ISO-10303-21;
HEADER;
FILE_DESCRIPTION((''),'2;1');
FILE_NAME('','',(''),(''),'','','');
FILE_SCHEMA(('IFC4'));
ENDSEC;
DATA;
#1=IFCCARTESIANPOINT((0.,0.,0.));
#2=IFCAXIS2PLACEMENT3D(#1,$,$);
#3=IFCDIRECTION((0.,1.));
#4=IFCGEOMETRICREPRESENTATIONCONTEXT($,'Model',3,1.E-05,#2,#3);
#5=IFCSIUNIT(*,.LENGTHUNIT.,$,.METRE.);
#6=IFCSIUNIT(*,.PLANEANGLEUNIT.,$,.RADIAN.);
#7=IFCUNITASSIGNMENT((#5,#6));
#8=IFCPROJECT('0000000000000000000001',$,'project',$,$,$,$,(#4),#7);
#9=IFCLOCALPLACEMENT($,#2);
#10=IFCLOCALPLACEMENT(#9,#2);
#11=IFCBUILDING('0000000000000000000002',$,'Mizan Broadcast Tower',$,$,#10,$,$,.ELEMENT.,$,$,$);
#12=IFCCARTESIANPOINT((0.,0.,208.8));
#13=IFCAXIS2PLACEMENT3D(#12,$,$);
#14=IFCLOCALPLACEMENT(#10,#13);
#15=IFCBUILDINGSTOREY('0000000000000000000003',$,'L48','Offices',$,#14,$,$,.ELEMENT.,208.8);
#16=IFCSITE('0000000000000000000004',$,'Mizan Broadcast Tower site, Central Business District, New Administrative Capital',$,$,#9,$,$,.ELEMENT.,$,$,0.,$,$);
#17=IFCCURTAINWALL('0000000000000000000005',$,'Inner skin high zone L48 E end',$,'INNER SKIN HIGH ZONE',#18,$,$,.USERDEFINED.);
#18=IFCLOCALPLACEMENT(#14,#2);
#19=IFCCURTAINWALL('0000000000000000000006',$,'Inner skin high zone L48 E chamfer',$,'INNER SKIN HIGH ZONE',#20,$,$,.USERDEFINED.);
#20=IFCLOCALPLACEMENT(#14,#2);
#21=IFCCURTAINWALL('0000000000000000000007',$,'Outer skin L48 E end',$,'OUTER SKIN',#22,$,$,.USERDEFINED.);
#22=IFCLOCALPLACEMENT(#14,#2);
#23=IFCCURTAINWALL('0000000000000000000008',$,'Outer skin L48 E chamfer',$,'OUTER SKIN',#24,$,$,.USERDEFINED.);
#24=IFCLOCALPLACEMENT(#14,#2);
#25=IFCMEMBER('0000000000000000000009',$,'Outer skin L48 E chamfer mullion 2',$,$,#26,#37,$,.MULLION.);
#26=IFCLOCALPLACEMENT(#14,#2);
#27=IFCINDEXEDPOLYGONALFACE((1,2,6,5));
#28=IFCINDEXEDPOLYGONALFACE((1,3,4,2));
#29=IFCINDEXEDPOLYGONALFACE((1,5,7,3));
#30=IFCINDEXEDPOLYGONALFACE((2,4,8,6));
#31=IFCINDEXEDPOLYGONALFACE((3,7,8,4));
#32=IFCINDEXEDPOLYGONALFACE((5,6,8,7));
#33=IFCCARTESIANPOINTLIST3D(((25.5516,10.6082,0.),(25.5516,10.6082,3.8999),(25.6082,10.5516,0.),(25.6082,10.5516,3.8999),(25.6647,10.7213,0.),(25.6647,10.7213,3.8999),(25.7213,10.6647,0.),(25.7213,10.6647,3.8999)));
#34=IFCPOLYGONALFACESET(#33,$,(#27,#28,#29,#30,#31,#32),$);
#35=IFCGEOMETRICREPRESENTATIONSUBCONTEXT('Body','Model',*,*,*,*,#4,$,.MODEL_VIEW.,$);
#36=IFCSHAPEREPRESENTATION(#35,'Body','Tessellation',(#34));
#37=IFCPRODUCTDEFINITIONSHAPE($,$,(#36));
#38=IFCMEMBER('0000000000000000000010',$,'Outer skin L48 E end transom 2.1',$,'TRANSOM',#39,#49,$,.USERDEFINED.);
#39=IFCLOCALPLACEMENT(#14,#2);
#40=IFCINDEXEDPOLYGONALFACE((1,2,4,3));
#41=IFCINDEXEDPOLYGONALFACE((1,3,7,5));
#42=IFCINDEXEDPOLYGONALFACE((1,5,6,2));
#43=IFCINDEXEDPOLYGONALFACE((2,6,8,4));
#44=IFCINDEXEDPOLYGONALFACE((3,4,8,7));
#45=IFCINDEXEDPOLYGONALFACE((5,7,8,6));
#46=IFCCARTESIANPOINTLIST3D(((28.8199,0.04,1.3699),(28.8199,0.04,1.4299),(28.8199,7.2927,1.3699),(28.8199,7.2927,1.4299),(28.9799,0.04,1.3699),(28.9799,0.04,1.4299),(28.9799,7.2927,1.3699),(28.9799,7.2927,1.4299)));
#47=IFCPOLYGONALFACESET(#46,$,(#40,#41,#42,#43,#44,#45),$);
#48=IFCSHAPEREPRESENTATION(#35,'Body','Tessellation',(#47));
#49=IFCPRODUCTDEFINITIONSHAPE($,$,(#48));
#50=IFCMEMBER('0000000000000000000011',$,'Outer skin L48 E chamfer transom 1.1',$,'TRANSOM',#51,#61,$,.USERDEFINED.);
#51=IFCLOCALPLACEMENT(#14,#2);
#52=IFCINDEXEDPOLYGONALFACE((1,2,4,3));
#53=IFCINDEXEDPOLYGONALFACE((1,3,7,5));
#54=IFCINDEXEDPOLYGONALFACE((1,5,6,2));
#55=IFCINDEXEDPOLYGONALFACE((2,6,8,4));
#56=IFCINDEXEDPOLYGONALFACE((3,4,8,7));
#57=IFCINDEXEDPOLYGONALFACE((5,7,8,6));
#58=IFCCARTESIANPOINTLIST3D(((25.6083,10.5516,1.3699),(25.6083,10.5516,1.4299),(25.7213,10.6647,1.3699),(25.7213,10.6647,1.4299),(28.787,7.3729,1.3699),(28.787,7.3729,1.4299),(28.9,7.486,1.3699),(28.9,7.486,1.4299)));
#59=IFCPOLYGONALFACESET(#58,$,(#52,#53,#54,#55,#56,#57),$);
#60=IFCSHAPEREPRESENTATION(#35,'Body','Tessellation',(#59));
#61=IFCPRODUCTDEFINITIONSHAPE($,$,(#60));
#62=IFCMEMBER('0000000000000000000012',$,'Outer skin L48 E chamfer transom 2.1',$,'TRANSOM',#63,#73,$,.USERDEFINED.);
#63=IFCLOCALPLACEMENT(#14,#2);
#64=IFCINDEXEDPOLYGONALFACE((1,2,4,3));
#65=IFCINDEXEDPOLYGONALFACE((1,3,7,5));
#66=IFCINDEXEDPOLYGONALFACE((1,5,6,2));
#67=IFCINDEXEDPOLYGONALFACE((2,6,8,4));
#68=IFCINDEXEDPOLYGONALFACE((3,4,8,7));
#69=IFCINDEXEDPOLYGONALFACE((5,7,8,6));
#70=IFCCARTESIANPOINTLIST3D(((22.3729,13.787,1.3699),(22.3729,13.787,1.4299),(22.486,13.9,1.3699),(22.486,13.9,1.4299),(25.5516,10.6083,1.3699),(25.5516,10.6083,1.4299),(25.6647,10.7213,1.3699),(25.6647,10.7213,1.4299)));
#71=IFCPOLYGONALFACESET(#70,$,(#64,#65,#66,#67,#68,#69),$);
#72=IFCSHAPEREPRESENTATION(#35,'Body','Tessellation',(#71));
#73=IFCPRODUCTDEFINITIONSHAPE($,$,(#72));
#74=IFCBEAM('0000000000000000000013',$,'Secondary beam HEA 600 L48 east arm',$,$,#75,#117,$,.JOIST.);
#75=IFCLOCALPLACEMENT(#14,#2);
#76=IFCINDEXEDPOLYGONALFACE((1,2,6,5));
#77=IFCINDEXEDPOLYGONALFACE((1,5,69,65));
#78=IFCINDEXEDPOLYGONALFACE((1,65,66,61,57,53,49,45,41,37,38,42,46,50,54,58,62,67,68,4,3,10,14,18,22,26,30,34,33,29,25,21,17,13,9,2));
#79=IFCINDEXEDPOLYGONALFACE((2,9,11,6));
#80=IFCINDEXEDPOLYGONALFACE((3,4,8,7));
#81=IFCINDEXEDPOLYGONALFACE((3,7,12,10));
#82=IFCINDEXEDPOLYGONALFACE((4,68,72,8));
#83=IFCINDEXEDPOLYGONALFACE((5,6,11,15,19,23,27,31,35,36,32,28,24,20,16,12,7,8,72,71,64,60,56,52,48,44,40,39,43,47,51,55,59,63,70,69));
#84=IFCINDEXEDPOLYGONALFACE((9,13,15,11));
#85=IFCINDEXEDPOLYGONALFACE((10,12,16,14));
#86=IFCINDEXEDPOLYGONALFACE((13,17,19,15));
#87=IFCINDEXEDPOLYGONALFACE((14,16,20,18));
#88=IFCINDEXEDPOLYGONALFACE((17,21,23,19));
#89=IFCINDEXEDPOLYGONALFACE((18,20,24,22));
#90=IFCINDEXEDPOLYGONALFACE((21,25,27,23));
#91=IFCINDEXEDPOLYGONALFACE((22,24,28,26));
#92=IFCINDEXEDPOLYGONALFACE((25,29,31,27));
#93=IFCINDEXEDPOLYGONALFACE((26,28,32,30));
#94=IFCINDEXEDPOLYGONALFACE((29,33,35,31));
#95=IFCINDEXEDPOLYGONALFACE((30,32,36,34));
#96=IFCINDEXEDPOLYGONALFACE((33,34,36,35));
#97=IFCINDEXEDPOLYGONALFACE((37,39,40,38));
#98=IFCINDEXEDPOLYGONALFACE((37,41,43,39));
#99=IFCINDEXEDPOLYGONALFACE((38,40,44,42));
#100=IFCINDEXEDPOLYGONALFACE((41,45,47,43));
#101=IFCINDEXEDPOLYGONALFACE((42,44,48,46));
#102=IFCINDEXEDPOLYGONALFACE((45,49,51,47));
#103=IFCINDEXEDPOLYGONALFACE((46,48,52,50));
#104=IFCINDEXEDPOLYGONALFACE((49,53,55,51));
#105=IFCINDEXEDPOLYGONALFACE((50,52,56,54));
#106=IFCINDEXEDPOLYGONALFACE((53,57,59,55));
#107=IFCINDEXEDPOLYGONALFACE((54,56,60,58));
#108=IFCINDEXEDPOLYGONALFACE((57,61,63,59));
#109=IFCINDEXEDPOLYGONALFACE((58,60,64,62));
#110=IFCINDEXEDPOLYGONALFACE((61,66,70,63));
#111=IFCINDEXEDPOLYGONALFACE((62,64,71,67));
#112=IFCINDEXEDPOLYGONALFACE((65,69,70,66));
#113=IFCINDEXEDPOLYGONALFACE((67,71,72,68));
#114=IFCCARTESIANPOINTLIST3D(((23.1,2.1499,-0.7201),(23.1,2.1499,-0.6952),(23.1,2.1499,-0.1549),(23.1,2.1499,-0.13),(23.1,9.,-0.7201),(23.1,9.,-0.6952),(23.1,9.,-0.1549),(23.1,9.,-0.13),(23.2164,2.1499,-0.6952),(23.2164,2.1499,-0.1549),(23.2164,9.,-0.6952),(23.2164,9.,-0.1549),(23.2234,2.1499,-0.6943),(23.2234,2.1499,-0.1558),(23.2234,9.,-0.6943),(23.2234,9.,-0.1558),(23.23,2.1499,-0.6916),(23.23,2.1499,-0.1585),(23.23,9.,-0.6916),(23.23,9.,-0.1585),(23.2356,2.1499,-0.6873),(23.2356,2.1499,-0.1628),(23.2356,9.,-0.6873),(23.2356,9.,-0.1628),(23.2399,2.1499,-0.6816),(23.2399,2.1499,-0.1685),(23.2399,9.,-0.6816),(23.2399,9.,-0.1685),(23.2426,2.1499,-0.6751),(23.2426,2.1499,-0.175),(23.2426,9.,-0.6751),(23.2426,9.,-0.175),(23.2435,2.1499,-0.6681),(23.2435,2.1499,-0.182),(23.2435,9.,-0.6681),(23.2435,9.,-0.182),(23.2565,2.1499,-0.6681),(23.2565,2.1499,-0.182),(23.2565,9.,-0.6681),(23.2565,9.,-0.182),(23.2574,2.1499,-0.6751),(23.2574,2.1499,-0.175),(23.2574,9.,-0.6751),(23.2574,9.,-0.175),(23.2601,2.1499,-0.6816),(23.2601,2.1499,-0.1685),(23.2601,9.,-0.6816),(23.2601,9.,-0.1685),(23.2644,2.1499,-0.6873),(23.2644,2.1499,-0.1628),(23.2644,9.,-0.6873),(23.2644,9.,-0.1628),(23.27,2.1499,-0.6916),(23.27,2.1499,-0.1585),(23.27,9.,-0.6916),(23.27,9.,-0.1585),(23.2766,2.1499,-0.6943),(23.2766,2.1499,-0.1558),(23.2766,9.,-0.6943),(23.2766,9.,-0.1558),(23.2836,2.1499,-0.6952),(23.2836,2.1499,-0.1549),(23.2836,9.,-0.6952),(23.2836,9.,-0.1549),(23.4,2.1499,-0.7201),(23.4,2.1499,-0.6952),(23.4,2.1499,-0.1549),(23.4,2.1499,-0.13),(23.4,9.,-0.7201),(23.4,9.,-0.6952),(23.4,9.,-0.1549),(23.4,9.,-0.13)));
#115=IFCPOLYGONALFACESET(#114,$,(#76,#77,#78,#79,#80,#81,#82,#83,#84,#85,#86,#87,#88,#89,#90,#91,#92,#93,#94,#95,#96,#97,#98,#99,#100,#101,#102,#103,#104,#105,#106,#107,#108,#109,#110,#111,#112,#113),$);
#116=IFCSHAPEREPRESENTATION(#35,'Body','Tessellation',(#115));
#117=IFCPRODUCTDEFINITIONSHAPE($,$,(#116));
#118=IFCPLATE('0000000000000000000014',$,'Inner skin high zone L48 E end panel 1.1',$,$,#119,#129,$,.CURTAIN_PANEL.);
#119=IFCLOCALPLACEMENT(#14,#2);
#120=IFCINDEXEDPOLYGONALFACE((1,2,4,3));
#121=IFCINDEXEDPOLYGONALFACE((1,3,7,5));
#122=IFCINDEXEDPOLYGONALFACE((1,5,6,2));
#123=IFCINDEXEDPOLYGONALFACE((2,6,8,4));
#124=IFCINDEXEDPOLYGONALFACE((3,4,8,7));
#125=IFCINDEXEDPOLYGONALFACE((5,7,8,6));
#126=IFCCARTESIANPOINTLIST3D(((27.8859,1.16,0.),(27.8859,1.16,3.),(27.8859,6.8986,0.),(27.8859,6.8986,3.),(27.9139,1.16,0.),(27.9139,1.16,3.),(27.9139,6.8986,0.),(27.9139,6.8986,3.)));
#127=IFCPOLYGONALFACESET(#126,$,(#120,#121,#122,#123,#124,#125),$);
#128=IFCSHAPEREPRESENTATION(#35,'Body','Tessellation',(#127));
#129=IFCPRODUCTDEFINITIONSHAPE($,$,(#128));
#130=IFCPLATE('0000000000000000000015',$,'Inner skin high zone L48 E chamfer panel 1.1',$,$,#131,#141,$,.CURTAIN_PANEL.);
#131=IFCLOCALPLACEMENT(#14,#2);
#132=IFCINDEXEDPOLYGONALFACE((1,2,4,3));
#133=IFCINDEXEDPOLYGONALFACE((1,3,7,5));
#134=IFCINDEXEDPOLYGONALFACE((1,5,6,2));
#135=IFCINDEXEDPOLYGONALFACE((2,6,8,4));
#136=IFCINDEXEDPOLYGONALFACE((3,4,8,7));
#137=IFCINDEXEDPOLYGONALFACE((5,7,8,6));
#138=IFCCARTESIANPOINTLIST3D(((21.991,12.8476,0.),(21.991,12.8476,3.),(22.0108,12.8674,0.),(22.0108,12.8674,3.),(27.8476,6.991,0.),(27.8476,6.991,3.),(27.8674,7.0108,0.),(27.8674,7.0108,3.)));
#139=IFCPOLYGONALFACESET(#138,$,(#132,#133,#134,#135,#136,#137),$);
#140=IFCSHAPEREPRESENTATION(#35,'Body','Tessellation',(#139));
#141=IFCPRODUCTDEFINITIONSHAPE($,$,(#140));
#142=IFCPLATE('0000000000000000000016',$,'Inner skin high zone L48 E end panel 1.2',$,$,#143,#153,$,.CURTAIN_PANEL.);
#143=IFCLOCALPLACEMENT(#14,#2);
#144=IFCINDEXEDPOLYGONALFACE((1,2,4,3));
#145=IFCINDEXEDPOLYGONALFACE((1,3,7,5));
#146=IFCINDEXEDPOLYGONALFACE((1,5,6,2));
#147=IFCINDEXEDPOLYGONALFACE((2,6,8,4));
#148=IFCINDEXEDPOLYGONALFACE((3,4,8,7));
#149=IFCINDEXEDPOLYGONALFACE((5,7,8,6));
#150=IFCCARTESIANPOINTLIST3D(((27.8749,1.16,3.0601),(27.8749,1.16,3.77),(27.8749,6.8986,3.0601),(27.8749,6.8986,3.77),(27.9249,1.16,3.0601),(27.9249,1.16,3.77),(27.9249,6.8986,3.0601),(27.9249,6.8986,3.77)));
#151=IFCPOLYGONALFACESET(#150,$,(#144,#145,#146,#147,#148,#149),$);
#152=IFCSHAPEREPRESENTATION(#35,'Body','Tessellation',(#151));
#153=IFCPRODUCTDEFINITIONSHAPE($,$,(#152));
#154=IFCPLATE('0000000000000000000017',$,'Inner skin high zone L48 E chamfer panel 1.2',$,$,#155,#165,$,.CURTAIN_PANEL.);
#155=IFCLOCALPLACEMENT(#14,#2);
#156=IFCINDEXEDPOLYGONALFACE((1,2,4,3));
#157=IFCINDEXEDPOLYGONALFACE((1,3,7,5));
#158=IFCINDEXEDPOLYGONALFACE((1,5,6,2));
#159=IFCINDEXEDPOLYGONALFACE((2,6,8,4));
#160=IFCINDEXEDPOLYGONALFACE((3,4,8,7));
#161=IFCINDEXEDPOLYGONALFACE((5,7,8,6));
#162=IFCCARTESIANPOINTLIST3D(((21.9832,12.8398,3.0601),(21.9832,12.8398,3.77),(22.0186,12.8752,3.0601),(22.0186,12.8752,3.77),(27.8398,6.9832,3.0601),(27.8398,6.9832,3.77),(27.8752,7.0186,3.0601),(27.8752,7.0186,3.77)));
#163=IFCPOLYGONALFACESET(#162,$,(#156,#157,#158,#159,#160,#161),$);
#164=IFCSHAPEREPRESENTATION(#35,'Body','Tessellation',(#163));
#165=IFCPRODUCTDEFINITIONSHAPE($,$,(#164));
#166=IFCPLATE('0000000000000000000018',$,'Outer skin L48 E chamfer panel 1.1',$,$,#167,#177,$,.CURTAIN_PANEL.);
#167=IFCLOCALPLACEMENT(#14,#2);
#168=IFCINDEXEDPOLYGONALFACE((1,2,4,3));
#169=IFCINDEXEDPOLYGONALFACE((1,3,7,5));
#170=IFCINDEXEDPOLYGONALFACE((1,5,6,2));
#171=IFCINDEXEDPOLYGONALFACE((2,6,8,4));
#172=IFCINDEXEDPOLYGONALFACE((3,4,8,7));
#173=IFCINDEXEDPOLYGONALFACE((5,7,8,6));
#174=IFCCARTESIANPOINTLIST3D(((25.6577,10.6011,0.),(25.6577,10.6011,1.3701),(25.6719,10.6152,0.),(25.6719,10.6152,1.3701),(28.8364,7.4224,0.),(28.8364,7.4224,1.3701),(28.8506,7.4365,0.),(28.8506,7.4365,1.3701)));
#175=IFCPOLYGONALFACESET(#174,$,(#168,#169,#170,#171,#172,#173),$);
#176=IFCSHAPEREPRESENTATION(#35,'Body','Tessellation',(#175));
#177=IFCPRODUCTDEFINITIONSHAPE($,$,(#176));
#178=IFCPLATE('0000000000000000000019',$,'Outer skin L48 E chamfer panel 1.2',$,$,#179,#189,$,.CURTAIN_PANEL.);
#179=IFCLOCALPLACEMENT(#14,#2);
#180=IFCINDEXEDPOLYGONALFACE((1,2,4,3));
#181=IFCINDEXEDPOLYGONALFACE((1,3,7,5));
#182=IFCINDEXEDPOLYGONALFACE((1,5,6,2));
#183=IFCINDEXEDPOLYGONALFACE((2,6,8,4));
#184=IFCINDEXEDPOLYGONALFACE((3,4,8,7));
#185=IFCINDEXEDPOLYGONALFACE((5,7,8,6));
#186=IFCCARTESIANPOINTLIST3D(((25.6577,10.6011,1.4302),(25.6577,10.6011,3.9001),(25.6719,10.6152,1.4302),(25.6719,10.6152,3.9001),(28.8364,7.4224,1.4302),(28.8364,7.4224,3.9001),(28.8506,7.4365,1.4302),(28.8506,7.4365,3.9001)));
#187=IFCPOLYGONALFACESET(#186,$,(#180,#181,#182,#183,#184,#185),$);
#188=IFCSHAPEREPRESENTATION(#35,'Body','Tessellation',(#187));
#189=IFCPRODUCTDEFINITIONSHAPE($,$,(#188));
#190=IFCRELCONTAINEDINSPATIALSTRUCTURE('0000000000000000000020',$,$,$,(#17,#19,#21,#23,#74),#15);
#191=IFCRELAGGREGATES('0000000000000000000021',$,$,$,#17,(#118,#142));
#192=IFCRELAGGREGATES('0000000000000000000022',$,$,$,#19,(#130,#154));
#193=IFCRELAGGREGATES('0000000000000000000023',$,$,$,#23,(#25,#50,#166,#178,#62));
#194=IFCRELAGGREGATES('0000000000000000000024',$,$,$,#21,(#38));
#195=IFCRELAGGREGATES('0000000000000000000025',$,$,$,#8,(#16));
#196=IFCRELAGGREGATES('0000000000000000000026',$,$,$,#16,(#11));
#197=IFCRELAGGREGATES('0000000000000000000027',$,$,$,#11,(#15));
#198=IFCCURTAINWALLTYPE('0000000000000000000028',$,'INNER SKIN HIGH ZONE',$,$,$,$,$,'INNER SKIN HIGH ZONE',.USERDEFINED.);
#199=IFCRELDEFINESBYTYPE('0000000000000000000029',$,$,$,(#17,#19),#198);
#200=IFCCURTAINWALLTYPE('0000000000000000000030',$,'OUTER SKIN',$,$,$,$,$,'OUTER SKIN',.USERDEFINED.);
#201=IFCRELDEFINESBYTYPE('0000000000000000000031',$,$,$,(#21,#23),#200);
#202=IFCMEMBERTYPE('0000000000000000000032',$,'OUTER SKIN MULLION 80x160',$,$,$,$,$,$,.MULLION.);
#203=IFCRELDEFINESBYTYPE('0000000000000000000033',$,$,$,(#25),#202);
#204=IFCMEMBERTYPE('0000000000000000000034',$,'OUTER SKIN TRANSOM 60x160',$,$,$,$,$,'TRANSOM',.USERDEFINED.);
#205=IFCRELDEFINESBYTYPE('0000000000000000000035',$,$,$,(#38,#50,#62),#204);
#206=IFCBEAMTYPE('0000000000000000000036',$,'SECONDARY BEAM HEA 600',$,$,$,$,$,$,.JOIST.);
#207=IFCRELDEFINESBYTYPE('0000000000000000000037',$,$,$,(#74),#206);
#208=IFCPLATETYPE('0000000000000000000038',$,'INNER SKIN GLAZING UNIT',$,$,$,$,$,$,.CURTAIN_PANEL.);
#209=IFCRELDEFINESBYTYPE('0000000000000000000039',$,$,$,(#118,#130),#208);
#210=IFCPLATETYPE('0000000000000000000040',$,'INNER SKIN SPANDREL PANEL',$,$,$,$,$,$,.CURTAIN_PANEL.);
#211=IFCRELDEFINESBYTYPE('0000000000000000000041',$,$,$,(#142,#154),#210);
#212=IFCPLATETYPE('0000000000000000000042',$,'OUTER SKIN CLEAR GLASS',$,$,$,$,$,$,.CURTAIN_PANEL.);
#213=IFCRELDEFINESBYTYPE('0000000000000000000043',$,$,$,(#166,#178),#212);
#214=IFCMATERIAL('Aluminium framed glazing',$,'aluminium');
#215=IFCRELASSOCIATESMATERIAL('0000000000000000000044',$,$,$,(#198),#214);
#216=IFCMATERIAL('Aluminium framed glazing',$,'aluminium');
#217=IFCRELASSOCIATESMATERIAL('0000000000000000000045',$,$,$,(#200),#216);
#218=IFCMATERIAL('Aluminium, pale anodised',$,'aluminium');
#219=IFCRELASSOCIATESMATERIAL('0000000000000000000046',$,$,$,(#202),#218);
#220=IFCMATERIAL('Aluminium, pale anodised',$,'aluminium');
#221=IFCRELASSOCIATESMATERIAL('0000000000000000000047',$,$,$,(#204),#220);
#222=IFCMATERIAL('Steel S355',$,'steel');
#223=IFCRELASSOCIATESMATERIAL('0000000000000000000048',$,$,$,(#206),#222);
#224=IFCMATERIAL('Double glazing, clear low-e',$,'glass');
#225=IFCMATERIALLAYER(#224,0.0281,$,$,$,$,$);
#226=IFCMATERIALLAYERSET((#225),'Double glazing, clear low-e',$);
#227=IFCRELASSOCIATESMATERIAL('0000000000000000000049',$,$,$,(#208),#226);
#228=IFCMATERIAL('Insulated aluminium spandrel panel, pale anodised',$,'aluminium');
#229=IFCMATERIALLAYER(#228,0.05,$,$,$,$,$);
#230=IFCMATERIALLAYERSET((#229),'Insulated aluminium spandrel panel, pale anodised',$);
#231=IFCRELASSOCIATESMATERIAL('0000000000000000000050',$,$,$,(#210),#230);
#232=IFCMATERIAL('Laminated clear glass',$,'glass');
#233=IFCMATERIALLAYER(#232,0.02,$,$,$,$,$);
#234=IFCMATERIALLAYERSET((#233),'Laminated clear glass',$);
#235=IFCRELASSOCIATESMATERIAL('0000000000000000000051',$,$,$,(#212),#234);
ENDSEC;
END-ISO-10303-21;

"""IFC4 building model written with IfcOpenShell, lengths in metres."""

from ifc_helpers import new_model, si_unit, direction, frame, origin, origin_2d, place, context, subcontext, project, spatial, rectangle, i_section, extrude, material, layer, layer_set, material_profile, profile_set, type_object, element, aggregate, save


model = new_model("IFC4")

# Units and contexts
model_context = context("Model", 3, precision=1e-05, world=origin(), true_north=direction((0.0, 1.0)))
body_context = subcontext(model_context, "Body", "Model", "MODEL_VIEW")
ifc_project = project(units=[si_unit("LENGTHUNIT", "METRE"), si_unit("PLANEANGLEUNIT", "RADIAN")], contexts=[model_context])

# Site, building, storey
site_placement = place(None, origin())
site = spatial("IfcSite", under=ifc_project, at=site_placement, Name="Mizan Broadcast Tower site, Central Business District, New Administrative Capital", CompositionType="ELEMENT", RefElevation=0.0)
building_placement = place(site_placement, origin())
building = spatial("IfcBuilding", under=site, at=building_placement, Name="Mizan Broadcast Tower", CompositionType="ELEMENT")
storey_placement = place(building_placement, frame((0.0, 0.0, 208.8)))
storey = spatial("IfcBuildingStorey", under=building, at=storey_placement, Name="L48", Description="Offices", CompositionType="ELEMENT", Elevation=208.8)

# Curtain wall
ifc_material_1 = material(Name="Aluminium framed glazing", Category="aluminium")
curtain_wall_type_1 = type_object("IfcCurtainWallType", Name="INNER SKIN HIGH ZONE", ElementType="INNER SKIN HIGH ZONE", PredefinedType="USERDEFINED", material=ifc_material_1)
curtain_wall_1_placement = place(storey_placement, origin())
curtain_wall_1 = element("IfcCurtainWall", 1, at=curtain_wall_1_placement, inside=storey, type_object=curtain_wall_type_1, Name="Inner skin high zone L48 E end", ObjectType="INNER SKIN HIGH ZONE", PredefinedType="USERDEFINED")

# Curtain wall
curtain_wall_2_placement = place(storey_placement, origin())
curtain_wall_2 = element("IfcCurtainWall", 2, at=curtain_wall_2_placement, inside=storey, type_object=curtain_wall_type_1, Name="Inner skin high zone L48 E chamfer", ObjectType="INNER SKIN HIGH ZONE", PredefinedType="USERDEFINED")

# Curtain wall
ifc_material_2 = material(Name="Aluminium framed glazing", Category="aluminium")
curtain_wall_type_2 = type_object("IfcCurtainWallType", Name="OUTER SKIN", ElementType="OUTER SKIN", PredefinedType="USERDEFINED", material=ifc_material_2)
curtain_wall_3_placement = place(storey_placement, origin())
curtain_wall_3 = element("IfcCurtainWall", 3, at=curtain_wall_3_placement, inside=storey, type_object=curtain_wall_type_2, Name="Outer skin L48 E end", ObjectType="OUTER SKIN", PredefinedType="USERDEFINED")
ifc_material_3 = material(Name="Aluminium, pale anodised", Category="aluminium")
ifc_material_profile_1 = material_profile(ifc_material_3, rectangle(XDim=0.1599, YDim=0.0801, at=origin_2d()), Name="MULLION 160x80")
ifc_profile_set_1 = profile_set([ifc_material_profile_1], Name="Aluminium, pale anodised")
member_type_1 = type_object("IfcMemberType", Name="OUTER SKIN MULLION 80x160", PredefinedType="MULLION", material=ifc_profile_set_1)

# Curtain wall, member
curtain_wall_4_placement = place(storey_placement, origin())
curtain_wall_4 = element("IfcCurtainWall", 4, at=curtain_wall_4_placement, inside=storey, type_object=curtain_wall_type_2, Name="Outer skin L48 E chamfer", ObjectType="OUTER SKIN", PredefinedType="USERDEFINED")
member_1_placement = place(storey_placement, frame((25.6365, 10.6365, 0.0), z_axis=(0.0, 0.0, 1.0), x_axis=(-0.707107, -0.707107, 0.0)))
member_1 = element("IfcMember", 5, at=member_1_placement, type_object=member_type_1, Name="Outer skin L48 E chamfer mullion 2", PredefinedType="MULLION", context=body_context, shape_type="SweptSolid", body=[
    extrude(rectangle(XDim=0.1599, YDim=0.0801, at=origin_2d()), origin(), (0.0, 0.0, 1.0), 3.8999),
])

# Members
ifc_material_4 = material(Name="Aluminium, pale anodised", Category="aluminium")
ifc_material_profile_2 = material_profile(ifc_material_4, rectangle(XDim=0.1599, YDim=0.0601, at=origin_2d()), Name="TRANSOM 160x60")
ifc_profile_set_2 = profile_set([ifc_material_profile_2], Name="Aluminium, pale anodised")
member_type_2 = type_object("IfcMemberType", Name="OUTER SKIN TRANSOM 60x160", ElementType="TRANSOM", PredefinedType="USERDEFINED", material=ifc_profile_set_2)
member_2_placement = place(storey_placement, frame((28.8999, 0.04, 1.3999), z_axis=(0.0, 1.0, 0.0), x_axis=(-1.0, 0.0, 0.0)))
member_2 = element("IfcMember", 6, at=member_2_placement, type_object=member_type_2, Name="Outer skin L48 E end transom 2.1", ObjectType="TRANSOM", PredefinedType="USERDEFINED", context=body_context, shape_type="SweptSolid", body=[
    extrude(rectangle(XDim=0.1599, YDim=0.0601, at=origin_2d()), origin(), (0.0, 0.0, 1.0), 7.2527),
])
member_3_placement = place(storey_placement, frame((28.8435, 7.4294, 1.3999), z_axis=(-0.707107, 0.707107, 0.0), x_axis=(-0.707107, -0.707107, 0.0)))
member_3 = element("IfcMember", 7, at=member_3_placement, type_object=member_type_2, Name="Outer skin L48 E chamfer transom 1.1", ObjectType="TRANSOM", PredefinedType="USERDEFINED", context=body_context, shape_type="SweptSolid", body=[
    extrude(rectangle(XDim=0.1599, YDim=0.0601, at=origin_2d()), origin(), (0.0, 0.0, 1.0), 4.4954),
])
member_4_placement = place(storey_placement, frame((25.6082, 10.6648, 1.3999), z_axis=(-0.707107, 0.707107, 0.0), x_axis=(-0.707107, -0.707107, 0.0)))
member_4 = element("IfcMember", 8, at=member_4_placement, type_object=member_type_2, Name="Outer skin L48 E chamfer transom 2.1", ObjectType="TRANSOM", PredefinedType="USERDEFINED", context=body_context, shape_type="SweptSolid", body=[
    extrude(rectangle(XDim=0.1599, YDim=0.0601, at=origin_2d()), origin(), (0.0, 0.0, 1.0), 4.4954),
])

# Beam
ifc_material_5 = material(Name="Steel S355", Category="steel")
ifc_material_profile_3 = material_profile(ifc_material_5, i_section(OverallWidth=0.3, OverallDepth=0.5901, WebThickness=0.0129, FlangeThickness=0.0249, FilletRadius=0.0271, at=origin_2d()), Name="HEA 600")
ifc_profile_set_3 = profile_set([ifc_material_profile_3], Name="Steel S355")
beam_type_1 = type_object("IfcBeamType", Name="SECONDARY BEAM HEA 600", PredefinedType="JOIST", material=ifc_profile_set_3)
beam_1_placement = place(storey_placement, frame((23.25, 9.0, -0.425), z_axis=(0.0, -1.0, 0.0), x_axis=(1.0, 0.0, 0.0)))
element("IfcBeam", 9, at=beam_1_placement, inside=storey, type_object=beam_type_1, Name="Secondary beam HEA 600 L48 east arm", PredefinedType="JOIST", context=body_context, shape_type="SweptSolid", body=[
    extrude(i_section(OverallWidth=0.3, OverallDepth=0.5901, WebThickness=0.0129, FlangeThickness=0.0249, FilletRadius=0.0271, at=origin_2d()), origin(), (0.0, 0.0, 1.0), 6.8501),
])

# Plates
ifc_material_6 = material(Name="Double glazing, clear low-e", Category="glass")
ifc_layer_1 = layer(ifc_material_6, 0.0281)
ifc_layer_set_1 = layer_set([ifc_layer_1], Name="Double glazing, clear low-e")
plate_type_1 = type_object("IfcPlateType", Name="INNER SKIN GLAZING UNIT", PredefinedType="CURTAIN_PANEL", material=ifc_layer_set_1)
plate_1_placement = place(storey_placement, frame((27.8999, 4.0293, 0.0), z_axis=(0.0, 0.0, 1.0), x_axis=(0.0, 1.0, 0.0)))
plate_1 = element("IfcPlate", 10, at=plate_1_placement, type_object=plate_type_1, Name="Inner skin high zone L48 E end panel 1.1", PredefinedType="CURTAIN_PANEL", context=body_context, shape_type="SweptSolid", body=[
    extrude(rectangle(XDim=5.7385, YDim=0.0281, at=origin_2d()), origin(), (0.0, 0.0, 1.0), 3.0),
])
plate_2_placement = place(storey_placement, frame((24.9292, 9.9292, 0.0), z_axis=(0.0, 0.0, 1.0), x_axis=(-0.707107, 0.707107, 0.0)))
plate_2 = element("IfcPlate", 11, at=plate_2_placement, type_object=plate_type_1, Name="Inner skin high zone L48 E chamfer panel 1.1", PredefinedType="CURTAIN_PANEL", context=body_context, shape_type="SweptSolid", body=[
    extrude(rectangle(XDim=8.2825, YDim=0.0281, at=origin_2d()), origin(), (0.0, 0.0, 1.0), 3.0),
])
ifc_material_7 = material(Name="Insulated aluminium spandrel panel, pale anodised", Category="aluminium")
ifc_layer_2 = layer(ifc_material_7, 0.05)
ifc_layer_set_2 = layer_set([ifc_layer_2], Name="Insulated aluminium spandrel panel, pale anodised")
plate_type_2 = type_object("IfcPlateType", Name="INNER SKIN SPANDREL PANEL", PredefinedType="CURTAIN_PANEL", material=ifc_layer_set_2)
plate_3_placement = place(storey_placement, frame((27.8999, 4.0293, 3.0601), z_axis=(0.0, 0.0, 1.0), x_axis=(0.0, 1.0, 0.0)))
plate_3 = element("IfcPlate", 12, at=plate_3_placement, type_object=plate_type_2, Name="Inner skin high zone L48 E end panel 1.2", PredefinedType="CURTAIN_PANEL", context=body_context, shape_type="SweptSolid", body=[
    extrude(rectangle(XDim=5.7385, YDim=0.05, at=origin_2d()), origin(), (0.0, 0.0, 1.0), 0.71),
])
aggregate(curtain_wall_1, [plate_1, plate_3])
plate_4_placement = place(storey_placement, frame((24.9292, 9.9292, 3.0601), z_axis=(0.0, 0.0, 1.0), x_axis=(-0.707107, 0.707107, 0.0)))
plate_4 = element("IfcPlate", 13, at=plate_4_placement, type_object=plate_type_2, Name="Inner skin high zone L48 E chamfer panel 1.2", PredefinedType="CURTAIN_PANEL", context=body_context, shape_type="SweptSolid", body=[
    extrude(rectangle(XDim=8.2825, YDim=0.05, at=origin_2d()), origin(), (0.0, 0.0, 1.0), 0.71),
])
aggregate(curtain_wall_2, [plate_2, plate_4])
ifc_material_8 = material(Name="Laminated clear glass", Category="glass")
ifc_layer_3 = layer(ifc_material_8, 0.02)
ifc_layer_set_3 = layer_set([ifc_layer_3], Name="Laminated clear glass")
plate_type_3 = type_object("IfcPlateType", Name="OUTER SKIN CLEAR GLASS", PredefinedType="CURTAIN_PANEL", material=ifc_layer_set_3)
plate_5_placement = place(storey_placement, frame((27.2542, 9.0188, 0.0), z_axis=(0.0, 0.0, 1.0), x_axis=(-0.707107, 0.707107, 0.0)))
plate_5 = element("IfcPlate", 14, at=plate_5_placement, type_object=plate_type_3, Name="Outer skin L48 E chamfer panel 1.1", PredefinedType="CURTAIN_PANEL", context=body_context, shape_type="SweptSolid", body=[
    extrude(rectangle(XDim=4.4954, YDim=0.02, at=origin_2d()), origin(), (0.0, 0.0, 1.0), 1.3701),
])
plate_6_placement = place(storey_placement, frame((27.2542, 9.0188, 1.4302), z_axis=(0.0, 0.0, 1.0), x_axis=(-0.707107, 0.707107, 0.0)))
plate_6 = element("IfcPlate", 15, at=plate_6_placement, type_object=plate_type_3, Name="Outer skin L48 E chamfer panel 1.2", PredefinedType="CURTAIN_PANEL", context=body_context, shape_type="SweptSolid", body=[
    extrude(rectangle(XDim=4.4954, YDim=0.02, at=origin_2d()), origin(), (0.0, 0.0, 1.0), 2.47),
])
aggregate(curtain_wall_4, [member_1, member_3, plate_5, plate_6, member_4])
aggregate(curtain_wall_3, [member_2])

save(model, "model.ifc")
